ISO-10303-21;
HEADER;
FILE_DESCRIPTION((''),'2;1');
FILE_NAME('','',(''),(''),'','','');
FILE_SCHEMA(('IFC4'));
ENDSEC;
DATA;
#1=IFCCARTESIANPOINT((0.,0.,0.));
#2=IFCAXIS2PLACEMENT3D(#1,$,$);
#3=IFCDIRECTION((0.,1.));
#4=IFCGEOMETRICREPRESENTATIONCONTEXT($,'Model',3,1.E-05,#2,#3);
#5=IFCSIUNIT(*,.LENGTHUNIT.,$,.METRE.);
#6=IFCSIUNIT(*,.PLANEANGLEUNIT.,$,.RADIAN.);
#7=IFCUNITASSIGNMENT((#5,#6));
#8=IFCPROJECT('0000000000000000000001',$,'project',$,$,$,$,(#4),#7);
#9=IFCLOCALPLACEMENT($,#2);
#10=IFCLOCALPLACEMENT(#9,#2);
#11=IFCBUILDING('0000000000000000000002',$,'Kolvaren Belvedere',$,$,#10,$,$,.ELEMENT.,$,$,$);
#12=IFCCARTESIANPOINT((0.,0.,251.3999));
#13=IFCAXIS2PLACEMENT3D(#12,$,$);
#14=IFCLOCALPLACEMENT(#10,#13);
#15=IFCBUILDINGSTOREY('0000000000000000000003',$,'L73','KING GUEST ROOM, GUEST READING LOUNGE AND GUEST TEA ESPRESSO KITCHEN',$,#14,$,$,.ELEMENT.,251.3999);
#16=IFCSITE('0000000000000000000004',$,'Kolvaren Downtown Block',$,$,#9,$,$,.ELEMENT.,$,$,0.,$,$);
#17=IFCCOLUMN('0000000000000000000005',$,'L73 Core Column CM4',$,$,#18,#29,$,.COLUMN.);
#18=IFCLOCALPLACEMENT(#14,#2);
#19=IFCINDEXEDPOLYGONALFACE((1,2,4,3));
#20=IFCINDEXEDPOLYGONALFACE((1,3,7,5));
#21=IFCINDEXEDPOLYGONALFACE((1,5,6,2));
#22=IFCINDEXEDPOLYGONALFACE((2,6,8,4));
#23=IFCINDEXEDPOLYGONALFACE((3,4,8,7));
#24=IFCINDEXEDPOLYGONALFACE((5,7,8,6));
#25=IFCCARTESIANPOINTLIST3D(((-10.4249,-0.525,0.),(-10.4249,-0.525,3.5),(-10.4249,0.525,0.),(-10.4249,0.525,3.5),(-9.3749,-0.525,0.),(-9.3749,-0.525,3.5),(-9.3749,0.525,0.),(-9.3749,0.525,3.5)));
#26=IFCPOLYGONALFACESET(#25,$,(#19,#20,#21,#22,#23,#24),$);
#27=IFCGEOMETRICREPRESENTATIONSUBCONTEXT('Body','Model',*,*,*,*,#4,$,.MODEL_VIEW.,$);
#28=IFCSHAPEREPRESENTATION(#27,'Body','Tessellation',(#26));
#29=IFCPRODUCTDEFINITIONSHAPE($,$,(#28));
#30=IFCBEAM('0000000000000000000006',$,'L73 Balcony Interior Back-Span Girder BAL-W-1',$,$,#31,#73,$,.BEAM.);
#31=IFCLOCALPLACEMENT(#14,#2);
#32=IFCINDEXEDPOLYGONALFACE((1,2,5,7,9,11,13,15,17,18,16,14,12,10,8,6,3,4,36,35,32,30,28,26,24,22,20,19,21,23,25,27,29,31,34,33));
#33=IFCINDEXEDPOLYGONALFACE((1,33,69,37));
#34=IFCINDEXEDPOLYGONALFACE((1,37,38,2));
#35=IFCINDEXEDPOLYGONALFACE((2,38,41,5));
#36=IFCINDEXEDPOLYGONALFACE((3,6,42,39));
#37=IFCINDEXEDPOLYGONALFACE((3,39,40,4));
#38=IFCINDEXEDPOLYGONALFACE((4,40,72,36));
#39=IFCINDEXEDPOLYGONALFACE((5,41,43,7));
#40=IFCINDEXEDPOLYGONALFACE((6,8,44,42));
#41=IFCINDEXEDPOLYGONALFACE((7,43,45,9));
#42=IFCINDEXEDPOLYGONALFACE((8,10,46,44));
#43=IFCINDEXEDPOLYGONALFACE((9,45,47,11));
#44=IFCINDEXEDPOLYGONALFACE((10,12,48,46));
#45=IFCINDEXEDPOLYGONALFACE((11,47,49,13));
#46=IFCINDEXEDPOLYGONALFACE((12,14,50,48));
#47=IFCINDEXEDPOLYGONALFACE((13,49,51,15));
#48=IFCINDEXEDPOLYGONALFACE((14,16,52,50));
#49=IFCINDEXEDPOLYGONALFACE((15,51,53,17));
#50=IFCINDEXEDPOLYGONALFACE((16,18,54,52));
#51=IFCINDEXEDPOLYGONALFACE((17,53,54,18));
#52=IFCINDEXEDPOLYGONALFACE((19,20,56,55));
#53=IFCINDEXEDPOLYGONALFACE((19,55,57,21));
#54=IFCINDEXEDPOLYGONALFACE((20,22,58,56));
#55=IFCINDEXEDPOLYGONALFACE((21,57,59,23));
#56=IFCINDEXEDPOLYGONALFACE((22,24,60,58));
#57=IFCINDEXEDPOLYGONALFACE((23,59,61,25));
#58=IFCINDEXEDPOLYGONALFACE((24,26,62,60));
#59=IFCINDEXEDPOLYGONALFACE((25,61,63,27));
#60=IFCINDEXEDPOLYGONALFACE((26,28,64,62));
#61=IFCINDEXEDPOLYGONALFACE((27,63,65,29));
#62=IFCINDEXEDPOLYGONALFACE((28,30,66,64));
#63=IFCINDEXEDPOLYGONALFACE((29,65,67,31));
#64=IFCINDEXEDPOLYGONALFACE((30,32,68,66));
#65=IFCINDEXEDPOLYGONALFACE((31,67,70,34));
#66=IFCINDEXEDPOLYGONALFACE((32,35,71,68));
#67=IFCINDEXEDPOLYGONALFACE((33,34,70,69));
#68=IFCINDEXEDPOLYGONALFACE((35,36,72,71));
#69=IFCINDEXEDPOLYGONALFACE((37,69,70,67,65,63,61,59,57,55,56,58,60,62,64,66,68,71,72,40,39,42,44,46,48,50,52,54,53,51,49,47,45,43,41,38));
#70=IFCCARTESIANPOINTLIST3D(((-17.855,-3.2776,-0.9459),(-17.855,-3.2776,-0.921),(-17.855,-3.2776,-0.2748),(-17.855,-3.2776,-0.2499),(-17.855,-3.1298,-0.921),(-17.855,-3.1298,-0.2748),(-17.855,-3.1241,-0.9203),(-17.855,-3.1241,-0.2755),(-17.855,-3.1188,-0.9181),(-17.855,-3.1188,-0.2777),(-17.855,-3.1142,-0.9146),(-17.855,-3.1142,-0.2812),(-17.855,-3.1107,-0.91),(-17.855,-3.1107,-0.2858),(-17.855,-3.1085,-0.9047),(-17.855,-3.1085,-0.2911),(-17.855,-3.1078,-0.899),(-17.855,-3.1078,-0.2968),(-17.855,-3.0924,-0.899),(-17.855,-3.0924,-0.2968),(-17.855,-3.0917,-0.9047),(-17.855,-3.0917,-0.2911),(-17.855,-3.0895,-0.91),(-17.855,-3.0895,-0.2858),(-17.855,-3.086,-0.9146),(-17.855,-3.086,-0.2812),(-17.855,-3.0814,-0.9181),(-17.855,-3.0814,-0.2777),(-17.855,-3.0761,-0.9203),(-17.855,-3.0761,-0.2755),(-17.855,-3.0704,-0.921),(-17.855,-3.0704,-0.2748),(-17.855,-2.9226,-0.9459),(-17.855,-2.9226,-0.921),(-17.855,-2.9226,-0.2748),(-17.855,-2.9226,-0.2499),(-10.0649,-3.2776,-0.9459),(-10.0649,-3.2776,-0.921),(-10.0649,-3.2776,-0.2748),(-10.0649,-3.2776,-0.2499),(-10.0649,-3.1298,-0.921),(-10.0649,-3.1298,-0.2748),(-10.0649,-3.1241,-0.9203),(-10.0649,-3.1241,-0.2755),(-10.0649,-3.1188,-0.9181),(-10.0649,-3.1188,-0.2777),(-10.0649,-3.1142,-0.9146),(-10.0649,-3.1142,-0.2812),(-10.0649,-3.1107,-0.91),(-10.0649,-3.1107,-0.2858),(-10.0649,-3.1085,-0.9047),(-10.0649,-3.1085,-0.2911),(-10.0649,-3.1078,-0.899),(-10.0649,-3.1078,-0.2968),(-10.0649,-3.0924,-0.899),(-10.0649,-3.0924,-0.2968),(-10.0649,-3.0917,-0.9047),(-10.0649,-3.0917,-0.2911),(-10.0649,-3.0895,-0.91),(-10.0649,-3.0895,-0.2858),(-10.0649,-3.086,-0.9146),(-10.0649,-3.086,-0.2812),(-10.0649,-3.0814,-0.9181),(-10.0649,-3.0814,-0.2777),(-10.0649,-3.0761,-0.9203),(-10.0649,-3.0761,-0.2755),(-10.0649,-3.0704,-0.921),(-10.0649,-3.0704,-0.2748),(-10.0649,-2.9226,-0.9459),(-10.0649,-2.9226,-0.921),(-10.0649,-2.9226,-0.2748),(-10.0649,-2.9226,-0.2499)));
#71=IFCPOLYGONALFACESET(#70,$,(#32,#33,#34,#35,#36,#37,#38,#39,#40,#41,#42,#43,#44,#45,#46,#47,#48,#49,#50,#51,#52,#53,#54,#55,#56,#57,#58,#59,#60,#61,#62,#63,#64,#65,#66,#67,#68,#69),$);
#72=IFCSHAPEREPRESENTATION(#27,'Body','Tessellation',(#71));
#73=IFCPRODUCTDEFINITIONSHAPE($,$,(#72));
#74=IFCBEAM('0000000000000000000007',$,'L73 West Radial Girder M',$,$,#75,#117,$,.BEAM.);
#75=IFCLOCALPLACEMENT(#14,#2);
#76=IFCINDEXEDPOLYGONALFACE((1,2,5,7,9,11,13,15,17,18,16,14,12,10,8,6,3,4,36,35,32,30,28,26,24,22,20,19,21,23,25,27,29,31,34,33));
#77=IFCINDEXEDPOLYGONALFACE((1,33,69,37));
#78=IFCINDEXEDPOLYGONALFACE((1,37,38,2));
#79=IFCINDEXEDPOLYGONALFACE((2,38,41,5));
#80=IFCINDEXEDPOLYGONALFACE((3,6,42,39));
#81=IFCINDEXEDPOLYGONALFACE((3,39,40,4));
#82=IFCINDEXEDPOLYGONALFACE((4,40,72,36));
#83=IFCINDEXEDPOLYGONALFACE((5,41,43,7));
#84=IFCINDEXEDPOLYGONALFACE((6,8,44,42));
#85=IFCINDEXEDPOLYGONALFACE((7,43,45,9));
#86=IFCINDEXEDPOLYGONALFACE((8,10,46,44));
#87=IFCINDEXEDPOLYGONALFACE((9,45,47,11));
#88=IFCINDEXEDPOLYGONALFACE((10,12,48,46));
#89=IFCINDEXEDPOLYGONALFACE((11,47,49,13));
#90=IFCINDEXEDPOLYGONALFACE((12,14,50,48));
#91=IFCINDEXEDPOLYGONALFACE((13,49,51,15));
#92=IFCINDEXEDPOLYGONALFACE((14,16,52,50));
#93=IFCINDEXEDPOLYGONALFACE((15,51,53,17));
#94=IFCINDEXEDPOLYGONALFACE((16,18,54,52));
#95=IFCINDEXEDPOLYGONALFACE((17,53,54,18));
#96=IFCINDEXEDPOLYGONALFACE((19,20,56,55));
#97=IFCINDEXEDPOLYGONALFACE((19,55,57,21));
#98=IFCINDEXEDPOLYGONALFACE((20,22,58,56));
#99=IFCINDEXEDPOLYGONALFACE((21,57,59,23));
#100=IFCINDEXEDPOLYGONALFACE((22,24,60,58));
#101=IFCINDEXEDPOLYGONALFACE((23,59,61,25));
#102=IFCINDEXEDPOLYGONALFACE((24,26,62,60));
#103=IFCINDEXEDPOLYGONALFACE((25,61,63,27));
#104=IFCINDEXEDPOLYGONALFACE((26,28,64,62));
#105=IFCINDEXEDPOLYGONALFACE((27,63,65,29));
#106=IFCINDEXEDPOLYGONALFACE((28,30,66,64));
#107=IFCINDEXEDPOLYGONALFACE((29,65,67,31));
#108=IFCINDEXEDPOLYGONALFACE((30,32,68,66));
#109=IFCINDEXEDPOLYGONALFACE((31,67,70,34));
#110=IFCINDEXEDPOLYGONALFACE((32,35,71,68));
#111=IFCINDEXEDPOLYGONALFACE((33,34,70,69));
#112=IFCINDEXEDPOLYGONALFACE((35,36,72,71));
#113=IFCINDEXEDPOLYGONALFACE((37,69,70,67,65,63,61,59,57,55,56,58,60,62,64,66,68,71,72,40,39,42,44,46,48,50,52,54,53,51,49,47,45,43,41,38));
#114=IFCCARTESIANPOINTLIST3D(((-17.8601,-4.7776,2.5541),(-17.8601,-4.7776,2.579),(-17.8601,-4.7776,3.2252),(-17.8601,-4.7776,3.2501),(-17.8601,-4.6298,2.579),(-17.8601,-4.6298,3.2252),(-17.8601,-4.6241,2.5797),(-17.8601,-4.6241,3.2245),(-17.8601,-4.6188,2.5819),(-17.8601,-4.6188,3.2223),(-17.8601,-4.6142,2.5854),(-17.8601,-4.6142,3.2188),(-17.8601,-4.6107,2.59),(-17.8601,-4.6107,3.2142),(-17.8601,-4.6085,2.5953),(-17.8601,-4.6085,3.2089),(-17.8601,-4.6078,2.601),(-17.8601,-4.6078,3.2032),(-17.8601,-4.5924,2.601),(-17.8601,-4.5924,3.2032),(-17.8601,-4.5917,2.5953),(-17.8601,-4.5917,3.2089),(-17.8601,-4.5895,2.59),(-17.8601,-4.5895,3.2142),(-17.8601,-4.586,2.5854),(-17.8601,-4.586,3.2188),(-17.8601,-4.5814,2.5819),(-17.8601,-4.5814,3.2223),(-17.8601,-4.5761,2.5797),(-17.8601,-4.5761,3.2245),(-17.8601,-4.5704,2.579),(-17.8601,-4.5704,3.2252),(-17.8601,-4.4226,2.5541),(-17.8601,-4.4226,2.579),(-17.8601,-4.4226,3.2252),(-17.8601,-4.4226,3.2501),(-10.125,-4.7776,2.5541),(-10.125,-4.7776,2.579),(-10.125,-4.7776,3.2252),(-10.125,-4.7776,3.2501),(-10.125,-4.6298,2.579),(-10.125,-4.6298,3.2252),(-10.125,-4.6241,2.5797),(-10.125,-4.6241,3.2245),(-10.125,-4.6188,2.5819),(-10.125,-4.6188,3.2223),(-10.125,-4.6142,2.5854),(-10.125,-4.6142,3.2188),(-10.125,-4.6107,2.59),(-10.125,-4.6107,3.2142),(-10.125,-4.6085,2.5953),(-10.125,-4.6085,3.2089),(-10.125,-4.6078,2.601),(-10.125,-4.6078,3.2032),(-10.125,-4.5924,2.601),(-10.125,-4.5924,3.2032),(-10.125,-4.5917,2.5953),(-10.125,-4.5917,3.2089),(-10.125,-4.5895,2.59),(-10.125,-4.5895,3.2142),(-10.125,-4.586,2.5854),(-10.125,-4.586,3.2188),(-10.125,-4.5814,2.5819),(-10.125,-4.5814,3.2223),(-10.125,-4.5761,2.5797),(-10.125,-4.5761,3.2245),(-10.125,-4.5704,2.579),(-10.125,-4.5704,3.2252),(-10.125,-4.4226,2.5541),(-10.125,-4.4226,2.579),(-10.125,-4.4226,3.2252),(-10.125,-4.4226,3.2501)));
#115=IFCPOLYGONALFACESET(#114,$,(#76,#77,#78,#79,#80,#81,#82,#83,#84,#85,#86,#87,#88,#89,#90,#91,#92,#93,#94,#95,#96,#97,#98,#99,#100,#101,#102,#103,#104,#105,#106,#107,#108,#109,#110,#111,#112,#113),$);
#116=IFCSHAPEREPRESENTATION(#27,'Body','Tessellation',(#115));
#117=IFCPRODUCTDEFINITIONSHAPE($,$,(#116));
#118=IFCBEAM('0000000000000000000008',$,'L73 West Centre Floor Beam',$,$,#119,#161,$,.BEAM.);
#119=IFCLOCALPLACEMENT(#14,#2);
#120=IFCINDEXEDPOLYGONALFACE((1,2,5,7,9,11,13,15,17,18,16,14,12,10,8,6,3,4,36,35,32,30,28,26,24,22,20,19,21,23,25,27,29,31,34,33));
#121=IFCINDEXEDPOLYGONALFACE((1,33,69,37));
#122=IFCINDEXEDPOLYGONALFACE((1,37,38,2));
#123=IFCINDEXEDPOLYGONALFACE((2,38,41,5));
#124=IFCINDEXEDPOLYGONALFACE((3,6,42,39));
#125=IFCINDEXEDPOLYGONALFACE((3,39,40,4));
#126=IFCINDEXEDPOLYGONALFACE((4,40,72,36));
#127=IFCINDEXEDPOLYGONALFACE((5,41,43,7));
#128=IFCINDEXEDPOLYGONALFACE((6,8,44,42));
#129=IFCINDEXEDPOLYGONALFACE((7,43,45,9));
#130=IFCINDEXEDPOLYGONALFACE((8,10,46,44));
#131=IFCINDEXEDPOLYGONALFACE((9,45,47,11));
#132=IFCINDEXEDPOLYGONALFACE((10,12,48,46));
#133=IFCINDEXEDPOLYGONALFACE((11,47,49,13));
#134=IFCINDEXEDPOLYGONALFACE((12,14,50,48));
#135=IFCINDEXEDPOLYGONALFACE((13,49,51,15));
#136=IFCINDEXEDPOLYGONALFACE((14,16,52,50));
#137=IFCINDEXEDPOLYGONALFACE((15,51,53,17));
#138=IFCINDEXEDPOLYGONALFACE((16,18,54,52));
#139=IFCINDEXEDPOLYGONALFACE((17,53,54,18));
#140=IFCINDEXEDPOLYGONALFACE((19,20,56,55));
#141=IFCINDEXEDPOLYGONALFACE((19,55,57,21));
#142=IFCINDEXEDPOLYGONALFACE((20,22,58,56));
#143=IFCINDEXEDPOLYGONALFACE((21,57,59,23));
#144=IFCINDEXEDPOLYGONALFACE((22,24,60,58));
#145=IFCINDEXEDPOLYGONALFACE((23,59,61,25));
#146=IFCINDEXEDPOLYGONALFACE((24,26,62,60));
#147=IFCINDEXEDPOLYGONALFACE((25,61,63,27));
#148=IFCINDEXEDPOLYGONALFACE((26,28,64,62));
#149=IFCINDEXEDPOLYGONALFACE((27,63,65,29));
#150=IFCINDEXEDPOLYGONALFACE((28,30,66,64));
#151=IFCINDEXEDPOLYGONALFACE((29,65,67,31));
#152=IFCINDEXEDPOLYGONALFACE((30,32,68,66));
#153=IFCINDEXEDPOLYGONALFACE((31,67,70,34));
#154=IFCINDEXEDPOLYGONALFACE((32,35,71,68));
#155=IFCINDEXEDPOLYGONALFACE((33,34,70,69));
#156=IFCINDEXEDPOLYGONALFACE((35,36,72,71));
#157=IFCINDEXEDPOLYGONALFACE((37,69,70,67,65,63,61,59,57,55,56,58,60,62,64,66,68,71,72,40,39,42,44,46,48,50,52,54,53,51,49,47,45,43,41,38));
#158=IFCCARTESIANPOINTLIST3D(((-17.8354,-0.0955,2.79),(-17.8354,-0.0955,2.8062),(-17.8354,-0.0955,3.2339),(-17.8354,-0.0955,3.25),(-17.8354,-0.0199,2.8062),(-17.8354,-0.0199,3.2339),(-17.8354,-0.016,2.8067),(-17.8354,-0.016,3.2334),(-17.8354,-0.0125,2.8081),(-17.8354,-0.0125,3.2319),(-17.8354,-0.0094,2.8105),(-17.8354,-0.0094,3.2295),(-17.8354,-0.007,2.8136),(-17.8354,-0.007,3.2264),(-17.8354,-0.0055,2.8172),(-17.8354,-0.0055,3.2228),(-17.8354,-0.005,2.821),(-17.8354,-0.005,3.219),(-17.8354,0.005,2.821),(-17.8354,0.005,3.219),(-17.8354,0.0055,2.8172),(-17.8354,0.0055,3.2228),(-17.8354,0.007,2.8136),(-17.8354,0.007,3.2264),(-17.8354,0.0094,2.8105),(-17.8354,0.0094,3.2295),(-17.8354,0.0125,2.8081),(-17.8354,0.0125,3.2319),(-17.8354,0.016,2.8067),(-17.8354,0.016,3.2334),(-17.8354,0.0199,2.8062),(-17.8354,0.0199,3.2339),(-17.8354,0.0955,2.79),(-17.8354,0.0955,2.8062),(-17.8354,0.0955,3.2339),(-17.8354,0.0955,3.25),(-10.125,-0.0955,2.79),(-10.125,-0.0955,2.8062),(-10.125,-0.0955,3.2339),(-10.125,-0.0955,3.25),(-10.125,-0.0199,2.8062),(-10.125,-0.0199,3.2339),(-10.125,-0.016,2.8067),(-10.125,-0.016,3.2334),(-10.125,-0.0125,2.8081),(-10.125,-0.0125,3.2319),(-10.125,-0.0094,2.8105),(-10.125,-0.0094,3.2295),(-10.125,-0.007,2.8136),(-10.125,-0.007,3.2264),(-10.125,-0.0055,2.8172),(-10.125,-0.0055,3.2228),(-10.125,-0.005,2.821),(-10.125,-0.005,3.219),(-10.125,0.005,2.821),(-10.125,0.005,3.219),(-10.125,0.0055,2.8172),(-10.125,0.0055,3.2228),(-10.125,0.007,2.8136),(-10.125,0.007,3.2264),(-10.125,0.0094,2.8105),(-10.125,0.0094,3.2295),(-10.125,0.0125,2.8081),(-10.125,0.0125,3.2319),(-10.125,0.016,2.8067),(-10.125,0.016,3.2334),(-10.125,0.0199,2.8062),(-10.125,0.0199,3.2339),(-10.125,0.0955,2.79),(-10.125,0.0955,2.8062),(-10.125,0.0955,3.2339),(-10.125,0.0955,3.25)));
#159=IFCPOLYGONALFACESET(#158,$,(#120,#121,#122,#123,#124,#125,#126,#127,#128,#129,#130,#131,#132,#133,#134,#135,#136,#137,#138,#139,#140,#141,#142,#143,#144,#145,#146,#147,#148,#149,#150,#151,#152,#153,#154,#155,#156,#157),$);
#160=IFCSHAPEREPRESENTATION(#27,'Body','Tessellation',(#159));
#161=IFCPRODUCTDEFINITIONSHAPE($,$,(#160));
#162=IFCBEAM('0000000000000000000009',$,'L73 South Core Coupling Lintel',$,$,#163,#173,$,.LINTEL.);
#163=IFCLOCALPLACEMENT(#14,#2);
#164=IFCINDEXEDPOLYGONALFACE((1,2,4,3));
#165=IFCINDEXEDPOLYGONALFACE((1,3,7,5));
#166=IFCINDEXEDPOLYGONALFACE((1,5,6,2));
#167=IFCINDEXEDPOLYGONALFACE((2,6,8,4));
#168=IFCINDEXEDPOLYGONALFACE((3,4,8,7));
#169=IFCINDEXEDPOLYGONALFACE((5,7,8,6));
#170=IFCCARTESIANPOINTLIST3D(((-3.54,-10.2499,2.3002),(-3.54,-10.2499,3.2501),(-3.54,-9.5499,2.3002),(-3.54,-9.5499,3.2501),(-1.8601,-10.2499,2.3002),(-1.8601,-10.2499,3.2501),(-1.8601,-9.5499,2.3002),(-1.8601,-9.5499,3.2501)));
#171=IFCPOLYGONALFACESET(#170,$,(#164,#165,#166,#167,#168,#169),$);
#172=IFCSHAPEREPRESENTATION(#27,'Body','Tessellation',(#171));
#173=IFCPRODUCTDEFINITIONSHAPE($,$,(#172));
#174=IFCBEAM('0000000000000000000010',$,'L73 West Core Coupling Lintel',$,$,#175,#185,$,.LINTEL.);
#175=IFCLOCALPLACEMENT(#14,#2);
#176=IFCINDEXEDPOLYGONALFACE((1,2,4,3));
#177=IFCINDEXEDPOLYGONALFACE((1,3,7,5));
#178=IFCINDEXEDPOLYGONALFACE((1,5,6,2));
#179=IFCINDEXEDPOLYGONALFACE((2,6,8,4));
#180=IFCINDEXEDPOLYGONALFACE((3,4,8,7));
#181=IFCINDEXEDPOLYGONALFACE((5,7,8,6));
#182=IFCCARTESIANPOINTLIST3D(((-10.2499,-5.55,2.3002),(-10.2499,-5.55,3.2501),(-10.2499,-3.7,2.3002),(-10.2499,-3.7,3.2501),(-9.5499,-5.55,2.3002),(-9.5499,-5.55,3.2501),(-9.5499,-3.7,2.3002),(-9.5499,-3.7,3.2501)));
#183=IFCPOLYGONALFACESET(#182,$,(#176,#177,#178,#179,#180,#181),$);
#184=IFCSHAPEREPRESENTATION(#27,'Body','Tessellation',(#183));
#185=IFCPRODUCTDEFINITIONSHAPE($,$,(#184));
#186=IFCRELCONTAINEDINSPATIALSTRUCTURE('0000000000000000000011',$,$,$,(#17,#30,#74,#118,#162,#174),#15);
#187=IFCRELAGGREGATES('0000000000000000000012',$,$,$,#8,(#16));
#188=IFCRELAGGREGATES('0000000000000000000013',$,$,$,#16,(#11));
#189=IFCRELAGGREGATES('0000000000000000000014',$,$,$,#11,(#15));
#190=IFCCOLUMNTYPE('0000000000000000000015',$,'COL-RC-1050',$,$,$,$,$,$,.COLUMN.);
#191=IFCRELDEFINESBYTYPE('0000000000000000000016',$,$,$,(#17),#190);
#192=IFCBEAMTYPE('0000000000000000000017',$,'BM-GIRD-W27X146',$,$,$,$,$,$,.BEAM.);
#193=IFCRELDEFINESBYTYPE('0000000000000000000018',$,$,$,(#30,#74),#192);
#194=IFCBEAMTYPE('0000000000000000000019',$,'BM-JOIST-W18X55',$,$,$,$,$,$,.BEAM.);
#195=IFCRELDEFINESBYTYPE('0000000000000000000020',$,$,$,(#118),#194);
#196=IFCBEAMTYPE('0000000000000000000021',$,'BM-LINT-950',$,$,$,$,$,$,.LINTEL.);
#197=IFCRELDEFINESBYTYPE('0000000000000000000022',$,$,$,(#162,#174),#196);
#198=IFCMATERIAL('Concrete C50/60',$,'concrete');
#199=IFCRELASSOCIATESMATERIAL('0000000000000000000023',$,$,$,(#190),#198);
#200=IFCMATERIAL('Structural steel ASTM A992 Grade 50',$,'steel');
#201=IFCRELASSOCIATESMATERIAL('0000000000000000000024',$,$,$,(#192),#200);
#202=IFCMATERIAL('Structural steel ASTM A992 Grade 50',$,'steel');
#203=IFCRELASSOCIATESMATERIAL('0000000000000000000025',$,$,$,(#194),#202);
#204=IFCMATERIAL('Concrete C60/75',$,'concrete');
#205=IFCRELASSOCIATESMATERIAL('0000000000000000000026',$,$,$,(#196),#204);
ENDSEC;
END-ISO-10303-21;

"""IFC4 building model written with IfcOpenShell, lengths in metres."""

from ifc_helpers import new_model, si_unit, direction, frame, origin, origin_2d, place, context, subcontext, project, spatial, rectangle, i_section, extrude, material, material_profile, profile_set, type_object, element, save


model = new_model("IFC4")

# Units and contexts
model_context = context("Model", 3, precision=1e-05, world=origin(), true_north=direction((0.0, 1.0)))
body_context = subcontext(model_context, "Body", "Model", "MODEL_VIEW")
ifc_project = project(units=[si_unit("LENGTHUNIT", "METRE"), si_unit("PLANEANGLEUNIT", "RADIAN")], contexts=[model_context])

# Site, building, storey
site_placement = place(None, origin())
site = spatial("IfcSite", under=ifc_project, at=site_placement, Name="Kolvaren Downtown Block", CompositionType="ELEMENT", RefElevation=0.0)
building_placement = place(site_placement, origin())
building = spatial("IfcBuilding", under=site, at=building_placement, Name="Kolvaren Belvedere", CompositionType="ELEMENT")
storey_placement = place(building_placement, frame((0.0, 0.0, 251.3999)))
storey = spatial("IfcBuildingStorey", under=building, at=storey_placement, Name="L73", Description="KING GUEST ROOM, GUEST READING LOUNGE AND GUEST TEA ESPRESSO KITCHEN", CompositionType="ELEMENT", Elevation=251.3999)

# Column
ifc_material_1 = material(Name="Concrete C50/60", Category="concrete")
ifc_material_profile_1 = material_profile(ifc_material_1, rectangle(XDim=1.05, YDim=1.05, at=origin_2d()), Name="RC 1050X1050")
ifc_profile_set_1 = profile_set([ifc_material_profile_1], Name="Concrete C50/60")
column_type = type_object("IfcColumnType", Name="COL-RC-1050", PredefinedType="COLUMN", material=ifc_profile_set_1)
column_placement = place(storey_placement, frame((-9.8999, 0.0, 0.0), z_axis=(0.0, 0.0, 1.0), x_axis=(1.0, 0.0, 0.0)))
element("IfcColumn", 1, at=column_placement, inside=storey, type_object=column_type, Name="L73 Core Column CM4", PredefinedType="COLUMN", context=body_context, shape_type="SweptSolid", body=[
    extrude(rectangle(XDim=1.05, YDim=1.05, at=origin_2d()), origin(), (0.0, 0.0, 1.0), 3.5),
])

# Beams
ifc_material_2 = material(Name="Structural steel ASTM A992 Grade 50", Category="steel")
ifc_material_profile_2 = material_profile(ifc_material_2, i_section(OverallWidth=0.355, OverallDepth=0.696, WebThickness=0.0154, FlangeThickness=0.0249, FilletRadius=0.022, at=origin_2d()), Name="W27X146")
ifc_profile_set_2 = profile_set([ifc_material_profile_2], Name="Structural steel ASTM A992 Grade 50")
beam_type_1 = type_object("IfcBeamType", Name="BM-GIRD-W27X146", PredefinedType="BEAM", material=ifc_profile_set_2)
beam_1_placement = place(storey_placement, frame((-10.0649, -3.1001, -0.5979), z_axis=(-1.0, 0.0, 0.0), x_axis=(0.0, -1.0, 0.0)))
element("IfcBeam", 2, at=beam_1_placement, inside=storey, type_object=beam_type_1, Name="L73 Balcony Interior Back-Span Girder BAL-W-1", PredefinedType="BEAM", context=body_context, shape_type="SweptSolid", body=[
    extrude(i_section(OverallWidth=0.355, OverallDepth=0.696, WebThickness=0.0154, FlangeThickness=0.0249, FilletRadius=0.022, at=origin_2d()), origin(), (0.0, 0.0, 1.0), 7.79),
])
beam_2_placement = place(storey_placement, frame((-10.125, -4.6001, 2.9021), z_axis=(-1.0, 0.0, 0.0), x_axis=(0.0, -1.0, 0.0)))
element("IfcBeam", 3, at=beam_2_placement, inside=storey, type_object=beam_type_1, Name="L73 West Radial Girder M", PredefinedType="BEAM", context=body_context, shape_type="SweptSolid", body=[
    extrude(i_section(OverallWidth=0.355, OverallDepth=0.696, WebThickness=0.0154, FlangeThickness=0.0249, FilletRadius=0.022, at=origin_2d()), origin(), (0.0, 0.0, 1.0), 7.7351),
])
ifc_material_3 = material(Name="Structural steel ASTM A992 Grade 50", Category="steel")
ifc_material_profile_3 = material_profile(ifc_material_3, i_section(OverallWidth=0.1909, OverallDepth=0.46, WebThickness=0.01, FlangeThickness=0.0161, FilletRadius=0.0149, at=origin_2d()), Name="W18X55")
ifc_profile_set_3 = profile_set([ifc_material_profile_3], Name="Structural steel ASTM A992 Grade 50")
beam_type_2 = type_object("IfcBeamType", Name="BM-JOIST-W18X55", PredefinedType="BEAM", material=ifc_profile_set_3)
beam_3_placement = place(storey_placement, frame((-10.125, 0.0, 3.02), z_axis=(-1.0, 0.0, 0.0), x_axis=(0.0, -1.0, 0.0)))
element("IfcBeam", 4, at=beam_3_placement, inside=storey, type_object=beam_type_2, Name="L73 West Centre Floor Beam", PredefinedType="BEAM", context=body_context, shape_type="SweptSolid", body=[
    extrude(i_section(OverallWidth=0.1909, OverallDepth=0.46, WebThickness=0.01, FlangeThickness=0.0161, FilletRadius=0.0149, at=origin_2d()), origin(), (0.0, 0.0, 1.0), 7.7104),
])
ifc_material_4 = material(Name="Concrete C60/75", Category="concrete")
ifc_material_profile_4 = material_profile(ifc_material_4, rectangle(XDim=0.7, YDim=0.95, at=origin_2d()), Name="RC 700X950")
ifc_profile_set_4 = profile_set([ifc_material_profile_4], Name="Concrete C60/75")
beam_type_3 = type_object("IfcBeamType", Name="BM-LINT-950", PredefinedType="LINTEL", material=ifc_profile_set_4)
beam_4_placement = place(storey_placement, frame((-3.54, -9.8999, 2.7751), z_axis=(1.0, 0.0, 0.0), x_axis=(0.0, 1.0, 0.0)))
element("IfcBeam", 5, at=beam_4_placement, inside=storey, type_object=beam_type_3, Name="L73 South Core Coupling Lintel", PredefinedType="LINTEL", context=body_context, shape_type="SweptSolid", body=[
    extrude(rectangle(XDim=0.7, YDim=0.95, at=origin_2d()), origin(), (0.0, 0.0, 1.0), 1.6799),
])
beam_5_placement = place(storey_placement, frame((-9.8999, -5.55, 2.7751), z_axis=(0.0, 1.0, 0.0), x_axis=(-1.0, 0.0, 0.0)))
element("IfcBeam", 6, at=beam_5_placement, inside=storey, type_object=beam_type_3, Name="L73 West Core Coupling Lintel", PredefinedType="LINTEL", context=body_context, shape_type="SweptSolid", body=[
    extrude(rectangle(XDim=0.7, YDim=0.95, at=origin_2d()), origin(), (0.0, 0.0, 1.0), 1.8501),
])

save(model, "model.ifc")
